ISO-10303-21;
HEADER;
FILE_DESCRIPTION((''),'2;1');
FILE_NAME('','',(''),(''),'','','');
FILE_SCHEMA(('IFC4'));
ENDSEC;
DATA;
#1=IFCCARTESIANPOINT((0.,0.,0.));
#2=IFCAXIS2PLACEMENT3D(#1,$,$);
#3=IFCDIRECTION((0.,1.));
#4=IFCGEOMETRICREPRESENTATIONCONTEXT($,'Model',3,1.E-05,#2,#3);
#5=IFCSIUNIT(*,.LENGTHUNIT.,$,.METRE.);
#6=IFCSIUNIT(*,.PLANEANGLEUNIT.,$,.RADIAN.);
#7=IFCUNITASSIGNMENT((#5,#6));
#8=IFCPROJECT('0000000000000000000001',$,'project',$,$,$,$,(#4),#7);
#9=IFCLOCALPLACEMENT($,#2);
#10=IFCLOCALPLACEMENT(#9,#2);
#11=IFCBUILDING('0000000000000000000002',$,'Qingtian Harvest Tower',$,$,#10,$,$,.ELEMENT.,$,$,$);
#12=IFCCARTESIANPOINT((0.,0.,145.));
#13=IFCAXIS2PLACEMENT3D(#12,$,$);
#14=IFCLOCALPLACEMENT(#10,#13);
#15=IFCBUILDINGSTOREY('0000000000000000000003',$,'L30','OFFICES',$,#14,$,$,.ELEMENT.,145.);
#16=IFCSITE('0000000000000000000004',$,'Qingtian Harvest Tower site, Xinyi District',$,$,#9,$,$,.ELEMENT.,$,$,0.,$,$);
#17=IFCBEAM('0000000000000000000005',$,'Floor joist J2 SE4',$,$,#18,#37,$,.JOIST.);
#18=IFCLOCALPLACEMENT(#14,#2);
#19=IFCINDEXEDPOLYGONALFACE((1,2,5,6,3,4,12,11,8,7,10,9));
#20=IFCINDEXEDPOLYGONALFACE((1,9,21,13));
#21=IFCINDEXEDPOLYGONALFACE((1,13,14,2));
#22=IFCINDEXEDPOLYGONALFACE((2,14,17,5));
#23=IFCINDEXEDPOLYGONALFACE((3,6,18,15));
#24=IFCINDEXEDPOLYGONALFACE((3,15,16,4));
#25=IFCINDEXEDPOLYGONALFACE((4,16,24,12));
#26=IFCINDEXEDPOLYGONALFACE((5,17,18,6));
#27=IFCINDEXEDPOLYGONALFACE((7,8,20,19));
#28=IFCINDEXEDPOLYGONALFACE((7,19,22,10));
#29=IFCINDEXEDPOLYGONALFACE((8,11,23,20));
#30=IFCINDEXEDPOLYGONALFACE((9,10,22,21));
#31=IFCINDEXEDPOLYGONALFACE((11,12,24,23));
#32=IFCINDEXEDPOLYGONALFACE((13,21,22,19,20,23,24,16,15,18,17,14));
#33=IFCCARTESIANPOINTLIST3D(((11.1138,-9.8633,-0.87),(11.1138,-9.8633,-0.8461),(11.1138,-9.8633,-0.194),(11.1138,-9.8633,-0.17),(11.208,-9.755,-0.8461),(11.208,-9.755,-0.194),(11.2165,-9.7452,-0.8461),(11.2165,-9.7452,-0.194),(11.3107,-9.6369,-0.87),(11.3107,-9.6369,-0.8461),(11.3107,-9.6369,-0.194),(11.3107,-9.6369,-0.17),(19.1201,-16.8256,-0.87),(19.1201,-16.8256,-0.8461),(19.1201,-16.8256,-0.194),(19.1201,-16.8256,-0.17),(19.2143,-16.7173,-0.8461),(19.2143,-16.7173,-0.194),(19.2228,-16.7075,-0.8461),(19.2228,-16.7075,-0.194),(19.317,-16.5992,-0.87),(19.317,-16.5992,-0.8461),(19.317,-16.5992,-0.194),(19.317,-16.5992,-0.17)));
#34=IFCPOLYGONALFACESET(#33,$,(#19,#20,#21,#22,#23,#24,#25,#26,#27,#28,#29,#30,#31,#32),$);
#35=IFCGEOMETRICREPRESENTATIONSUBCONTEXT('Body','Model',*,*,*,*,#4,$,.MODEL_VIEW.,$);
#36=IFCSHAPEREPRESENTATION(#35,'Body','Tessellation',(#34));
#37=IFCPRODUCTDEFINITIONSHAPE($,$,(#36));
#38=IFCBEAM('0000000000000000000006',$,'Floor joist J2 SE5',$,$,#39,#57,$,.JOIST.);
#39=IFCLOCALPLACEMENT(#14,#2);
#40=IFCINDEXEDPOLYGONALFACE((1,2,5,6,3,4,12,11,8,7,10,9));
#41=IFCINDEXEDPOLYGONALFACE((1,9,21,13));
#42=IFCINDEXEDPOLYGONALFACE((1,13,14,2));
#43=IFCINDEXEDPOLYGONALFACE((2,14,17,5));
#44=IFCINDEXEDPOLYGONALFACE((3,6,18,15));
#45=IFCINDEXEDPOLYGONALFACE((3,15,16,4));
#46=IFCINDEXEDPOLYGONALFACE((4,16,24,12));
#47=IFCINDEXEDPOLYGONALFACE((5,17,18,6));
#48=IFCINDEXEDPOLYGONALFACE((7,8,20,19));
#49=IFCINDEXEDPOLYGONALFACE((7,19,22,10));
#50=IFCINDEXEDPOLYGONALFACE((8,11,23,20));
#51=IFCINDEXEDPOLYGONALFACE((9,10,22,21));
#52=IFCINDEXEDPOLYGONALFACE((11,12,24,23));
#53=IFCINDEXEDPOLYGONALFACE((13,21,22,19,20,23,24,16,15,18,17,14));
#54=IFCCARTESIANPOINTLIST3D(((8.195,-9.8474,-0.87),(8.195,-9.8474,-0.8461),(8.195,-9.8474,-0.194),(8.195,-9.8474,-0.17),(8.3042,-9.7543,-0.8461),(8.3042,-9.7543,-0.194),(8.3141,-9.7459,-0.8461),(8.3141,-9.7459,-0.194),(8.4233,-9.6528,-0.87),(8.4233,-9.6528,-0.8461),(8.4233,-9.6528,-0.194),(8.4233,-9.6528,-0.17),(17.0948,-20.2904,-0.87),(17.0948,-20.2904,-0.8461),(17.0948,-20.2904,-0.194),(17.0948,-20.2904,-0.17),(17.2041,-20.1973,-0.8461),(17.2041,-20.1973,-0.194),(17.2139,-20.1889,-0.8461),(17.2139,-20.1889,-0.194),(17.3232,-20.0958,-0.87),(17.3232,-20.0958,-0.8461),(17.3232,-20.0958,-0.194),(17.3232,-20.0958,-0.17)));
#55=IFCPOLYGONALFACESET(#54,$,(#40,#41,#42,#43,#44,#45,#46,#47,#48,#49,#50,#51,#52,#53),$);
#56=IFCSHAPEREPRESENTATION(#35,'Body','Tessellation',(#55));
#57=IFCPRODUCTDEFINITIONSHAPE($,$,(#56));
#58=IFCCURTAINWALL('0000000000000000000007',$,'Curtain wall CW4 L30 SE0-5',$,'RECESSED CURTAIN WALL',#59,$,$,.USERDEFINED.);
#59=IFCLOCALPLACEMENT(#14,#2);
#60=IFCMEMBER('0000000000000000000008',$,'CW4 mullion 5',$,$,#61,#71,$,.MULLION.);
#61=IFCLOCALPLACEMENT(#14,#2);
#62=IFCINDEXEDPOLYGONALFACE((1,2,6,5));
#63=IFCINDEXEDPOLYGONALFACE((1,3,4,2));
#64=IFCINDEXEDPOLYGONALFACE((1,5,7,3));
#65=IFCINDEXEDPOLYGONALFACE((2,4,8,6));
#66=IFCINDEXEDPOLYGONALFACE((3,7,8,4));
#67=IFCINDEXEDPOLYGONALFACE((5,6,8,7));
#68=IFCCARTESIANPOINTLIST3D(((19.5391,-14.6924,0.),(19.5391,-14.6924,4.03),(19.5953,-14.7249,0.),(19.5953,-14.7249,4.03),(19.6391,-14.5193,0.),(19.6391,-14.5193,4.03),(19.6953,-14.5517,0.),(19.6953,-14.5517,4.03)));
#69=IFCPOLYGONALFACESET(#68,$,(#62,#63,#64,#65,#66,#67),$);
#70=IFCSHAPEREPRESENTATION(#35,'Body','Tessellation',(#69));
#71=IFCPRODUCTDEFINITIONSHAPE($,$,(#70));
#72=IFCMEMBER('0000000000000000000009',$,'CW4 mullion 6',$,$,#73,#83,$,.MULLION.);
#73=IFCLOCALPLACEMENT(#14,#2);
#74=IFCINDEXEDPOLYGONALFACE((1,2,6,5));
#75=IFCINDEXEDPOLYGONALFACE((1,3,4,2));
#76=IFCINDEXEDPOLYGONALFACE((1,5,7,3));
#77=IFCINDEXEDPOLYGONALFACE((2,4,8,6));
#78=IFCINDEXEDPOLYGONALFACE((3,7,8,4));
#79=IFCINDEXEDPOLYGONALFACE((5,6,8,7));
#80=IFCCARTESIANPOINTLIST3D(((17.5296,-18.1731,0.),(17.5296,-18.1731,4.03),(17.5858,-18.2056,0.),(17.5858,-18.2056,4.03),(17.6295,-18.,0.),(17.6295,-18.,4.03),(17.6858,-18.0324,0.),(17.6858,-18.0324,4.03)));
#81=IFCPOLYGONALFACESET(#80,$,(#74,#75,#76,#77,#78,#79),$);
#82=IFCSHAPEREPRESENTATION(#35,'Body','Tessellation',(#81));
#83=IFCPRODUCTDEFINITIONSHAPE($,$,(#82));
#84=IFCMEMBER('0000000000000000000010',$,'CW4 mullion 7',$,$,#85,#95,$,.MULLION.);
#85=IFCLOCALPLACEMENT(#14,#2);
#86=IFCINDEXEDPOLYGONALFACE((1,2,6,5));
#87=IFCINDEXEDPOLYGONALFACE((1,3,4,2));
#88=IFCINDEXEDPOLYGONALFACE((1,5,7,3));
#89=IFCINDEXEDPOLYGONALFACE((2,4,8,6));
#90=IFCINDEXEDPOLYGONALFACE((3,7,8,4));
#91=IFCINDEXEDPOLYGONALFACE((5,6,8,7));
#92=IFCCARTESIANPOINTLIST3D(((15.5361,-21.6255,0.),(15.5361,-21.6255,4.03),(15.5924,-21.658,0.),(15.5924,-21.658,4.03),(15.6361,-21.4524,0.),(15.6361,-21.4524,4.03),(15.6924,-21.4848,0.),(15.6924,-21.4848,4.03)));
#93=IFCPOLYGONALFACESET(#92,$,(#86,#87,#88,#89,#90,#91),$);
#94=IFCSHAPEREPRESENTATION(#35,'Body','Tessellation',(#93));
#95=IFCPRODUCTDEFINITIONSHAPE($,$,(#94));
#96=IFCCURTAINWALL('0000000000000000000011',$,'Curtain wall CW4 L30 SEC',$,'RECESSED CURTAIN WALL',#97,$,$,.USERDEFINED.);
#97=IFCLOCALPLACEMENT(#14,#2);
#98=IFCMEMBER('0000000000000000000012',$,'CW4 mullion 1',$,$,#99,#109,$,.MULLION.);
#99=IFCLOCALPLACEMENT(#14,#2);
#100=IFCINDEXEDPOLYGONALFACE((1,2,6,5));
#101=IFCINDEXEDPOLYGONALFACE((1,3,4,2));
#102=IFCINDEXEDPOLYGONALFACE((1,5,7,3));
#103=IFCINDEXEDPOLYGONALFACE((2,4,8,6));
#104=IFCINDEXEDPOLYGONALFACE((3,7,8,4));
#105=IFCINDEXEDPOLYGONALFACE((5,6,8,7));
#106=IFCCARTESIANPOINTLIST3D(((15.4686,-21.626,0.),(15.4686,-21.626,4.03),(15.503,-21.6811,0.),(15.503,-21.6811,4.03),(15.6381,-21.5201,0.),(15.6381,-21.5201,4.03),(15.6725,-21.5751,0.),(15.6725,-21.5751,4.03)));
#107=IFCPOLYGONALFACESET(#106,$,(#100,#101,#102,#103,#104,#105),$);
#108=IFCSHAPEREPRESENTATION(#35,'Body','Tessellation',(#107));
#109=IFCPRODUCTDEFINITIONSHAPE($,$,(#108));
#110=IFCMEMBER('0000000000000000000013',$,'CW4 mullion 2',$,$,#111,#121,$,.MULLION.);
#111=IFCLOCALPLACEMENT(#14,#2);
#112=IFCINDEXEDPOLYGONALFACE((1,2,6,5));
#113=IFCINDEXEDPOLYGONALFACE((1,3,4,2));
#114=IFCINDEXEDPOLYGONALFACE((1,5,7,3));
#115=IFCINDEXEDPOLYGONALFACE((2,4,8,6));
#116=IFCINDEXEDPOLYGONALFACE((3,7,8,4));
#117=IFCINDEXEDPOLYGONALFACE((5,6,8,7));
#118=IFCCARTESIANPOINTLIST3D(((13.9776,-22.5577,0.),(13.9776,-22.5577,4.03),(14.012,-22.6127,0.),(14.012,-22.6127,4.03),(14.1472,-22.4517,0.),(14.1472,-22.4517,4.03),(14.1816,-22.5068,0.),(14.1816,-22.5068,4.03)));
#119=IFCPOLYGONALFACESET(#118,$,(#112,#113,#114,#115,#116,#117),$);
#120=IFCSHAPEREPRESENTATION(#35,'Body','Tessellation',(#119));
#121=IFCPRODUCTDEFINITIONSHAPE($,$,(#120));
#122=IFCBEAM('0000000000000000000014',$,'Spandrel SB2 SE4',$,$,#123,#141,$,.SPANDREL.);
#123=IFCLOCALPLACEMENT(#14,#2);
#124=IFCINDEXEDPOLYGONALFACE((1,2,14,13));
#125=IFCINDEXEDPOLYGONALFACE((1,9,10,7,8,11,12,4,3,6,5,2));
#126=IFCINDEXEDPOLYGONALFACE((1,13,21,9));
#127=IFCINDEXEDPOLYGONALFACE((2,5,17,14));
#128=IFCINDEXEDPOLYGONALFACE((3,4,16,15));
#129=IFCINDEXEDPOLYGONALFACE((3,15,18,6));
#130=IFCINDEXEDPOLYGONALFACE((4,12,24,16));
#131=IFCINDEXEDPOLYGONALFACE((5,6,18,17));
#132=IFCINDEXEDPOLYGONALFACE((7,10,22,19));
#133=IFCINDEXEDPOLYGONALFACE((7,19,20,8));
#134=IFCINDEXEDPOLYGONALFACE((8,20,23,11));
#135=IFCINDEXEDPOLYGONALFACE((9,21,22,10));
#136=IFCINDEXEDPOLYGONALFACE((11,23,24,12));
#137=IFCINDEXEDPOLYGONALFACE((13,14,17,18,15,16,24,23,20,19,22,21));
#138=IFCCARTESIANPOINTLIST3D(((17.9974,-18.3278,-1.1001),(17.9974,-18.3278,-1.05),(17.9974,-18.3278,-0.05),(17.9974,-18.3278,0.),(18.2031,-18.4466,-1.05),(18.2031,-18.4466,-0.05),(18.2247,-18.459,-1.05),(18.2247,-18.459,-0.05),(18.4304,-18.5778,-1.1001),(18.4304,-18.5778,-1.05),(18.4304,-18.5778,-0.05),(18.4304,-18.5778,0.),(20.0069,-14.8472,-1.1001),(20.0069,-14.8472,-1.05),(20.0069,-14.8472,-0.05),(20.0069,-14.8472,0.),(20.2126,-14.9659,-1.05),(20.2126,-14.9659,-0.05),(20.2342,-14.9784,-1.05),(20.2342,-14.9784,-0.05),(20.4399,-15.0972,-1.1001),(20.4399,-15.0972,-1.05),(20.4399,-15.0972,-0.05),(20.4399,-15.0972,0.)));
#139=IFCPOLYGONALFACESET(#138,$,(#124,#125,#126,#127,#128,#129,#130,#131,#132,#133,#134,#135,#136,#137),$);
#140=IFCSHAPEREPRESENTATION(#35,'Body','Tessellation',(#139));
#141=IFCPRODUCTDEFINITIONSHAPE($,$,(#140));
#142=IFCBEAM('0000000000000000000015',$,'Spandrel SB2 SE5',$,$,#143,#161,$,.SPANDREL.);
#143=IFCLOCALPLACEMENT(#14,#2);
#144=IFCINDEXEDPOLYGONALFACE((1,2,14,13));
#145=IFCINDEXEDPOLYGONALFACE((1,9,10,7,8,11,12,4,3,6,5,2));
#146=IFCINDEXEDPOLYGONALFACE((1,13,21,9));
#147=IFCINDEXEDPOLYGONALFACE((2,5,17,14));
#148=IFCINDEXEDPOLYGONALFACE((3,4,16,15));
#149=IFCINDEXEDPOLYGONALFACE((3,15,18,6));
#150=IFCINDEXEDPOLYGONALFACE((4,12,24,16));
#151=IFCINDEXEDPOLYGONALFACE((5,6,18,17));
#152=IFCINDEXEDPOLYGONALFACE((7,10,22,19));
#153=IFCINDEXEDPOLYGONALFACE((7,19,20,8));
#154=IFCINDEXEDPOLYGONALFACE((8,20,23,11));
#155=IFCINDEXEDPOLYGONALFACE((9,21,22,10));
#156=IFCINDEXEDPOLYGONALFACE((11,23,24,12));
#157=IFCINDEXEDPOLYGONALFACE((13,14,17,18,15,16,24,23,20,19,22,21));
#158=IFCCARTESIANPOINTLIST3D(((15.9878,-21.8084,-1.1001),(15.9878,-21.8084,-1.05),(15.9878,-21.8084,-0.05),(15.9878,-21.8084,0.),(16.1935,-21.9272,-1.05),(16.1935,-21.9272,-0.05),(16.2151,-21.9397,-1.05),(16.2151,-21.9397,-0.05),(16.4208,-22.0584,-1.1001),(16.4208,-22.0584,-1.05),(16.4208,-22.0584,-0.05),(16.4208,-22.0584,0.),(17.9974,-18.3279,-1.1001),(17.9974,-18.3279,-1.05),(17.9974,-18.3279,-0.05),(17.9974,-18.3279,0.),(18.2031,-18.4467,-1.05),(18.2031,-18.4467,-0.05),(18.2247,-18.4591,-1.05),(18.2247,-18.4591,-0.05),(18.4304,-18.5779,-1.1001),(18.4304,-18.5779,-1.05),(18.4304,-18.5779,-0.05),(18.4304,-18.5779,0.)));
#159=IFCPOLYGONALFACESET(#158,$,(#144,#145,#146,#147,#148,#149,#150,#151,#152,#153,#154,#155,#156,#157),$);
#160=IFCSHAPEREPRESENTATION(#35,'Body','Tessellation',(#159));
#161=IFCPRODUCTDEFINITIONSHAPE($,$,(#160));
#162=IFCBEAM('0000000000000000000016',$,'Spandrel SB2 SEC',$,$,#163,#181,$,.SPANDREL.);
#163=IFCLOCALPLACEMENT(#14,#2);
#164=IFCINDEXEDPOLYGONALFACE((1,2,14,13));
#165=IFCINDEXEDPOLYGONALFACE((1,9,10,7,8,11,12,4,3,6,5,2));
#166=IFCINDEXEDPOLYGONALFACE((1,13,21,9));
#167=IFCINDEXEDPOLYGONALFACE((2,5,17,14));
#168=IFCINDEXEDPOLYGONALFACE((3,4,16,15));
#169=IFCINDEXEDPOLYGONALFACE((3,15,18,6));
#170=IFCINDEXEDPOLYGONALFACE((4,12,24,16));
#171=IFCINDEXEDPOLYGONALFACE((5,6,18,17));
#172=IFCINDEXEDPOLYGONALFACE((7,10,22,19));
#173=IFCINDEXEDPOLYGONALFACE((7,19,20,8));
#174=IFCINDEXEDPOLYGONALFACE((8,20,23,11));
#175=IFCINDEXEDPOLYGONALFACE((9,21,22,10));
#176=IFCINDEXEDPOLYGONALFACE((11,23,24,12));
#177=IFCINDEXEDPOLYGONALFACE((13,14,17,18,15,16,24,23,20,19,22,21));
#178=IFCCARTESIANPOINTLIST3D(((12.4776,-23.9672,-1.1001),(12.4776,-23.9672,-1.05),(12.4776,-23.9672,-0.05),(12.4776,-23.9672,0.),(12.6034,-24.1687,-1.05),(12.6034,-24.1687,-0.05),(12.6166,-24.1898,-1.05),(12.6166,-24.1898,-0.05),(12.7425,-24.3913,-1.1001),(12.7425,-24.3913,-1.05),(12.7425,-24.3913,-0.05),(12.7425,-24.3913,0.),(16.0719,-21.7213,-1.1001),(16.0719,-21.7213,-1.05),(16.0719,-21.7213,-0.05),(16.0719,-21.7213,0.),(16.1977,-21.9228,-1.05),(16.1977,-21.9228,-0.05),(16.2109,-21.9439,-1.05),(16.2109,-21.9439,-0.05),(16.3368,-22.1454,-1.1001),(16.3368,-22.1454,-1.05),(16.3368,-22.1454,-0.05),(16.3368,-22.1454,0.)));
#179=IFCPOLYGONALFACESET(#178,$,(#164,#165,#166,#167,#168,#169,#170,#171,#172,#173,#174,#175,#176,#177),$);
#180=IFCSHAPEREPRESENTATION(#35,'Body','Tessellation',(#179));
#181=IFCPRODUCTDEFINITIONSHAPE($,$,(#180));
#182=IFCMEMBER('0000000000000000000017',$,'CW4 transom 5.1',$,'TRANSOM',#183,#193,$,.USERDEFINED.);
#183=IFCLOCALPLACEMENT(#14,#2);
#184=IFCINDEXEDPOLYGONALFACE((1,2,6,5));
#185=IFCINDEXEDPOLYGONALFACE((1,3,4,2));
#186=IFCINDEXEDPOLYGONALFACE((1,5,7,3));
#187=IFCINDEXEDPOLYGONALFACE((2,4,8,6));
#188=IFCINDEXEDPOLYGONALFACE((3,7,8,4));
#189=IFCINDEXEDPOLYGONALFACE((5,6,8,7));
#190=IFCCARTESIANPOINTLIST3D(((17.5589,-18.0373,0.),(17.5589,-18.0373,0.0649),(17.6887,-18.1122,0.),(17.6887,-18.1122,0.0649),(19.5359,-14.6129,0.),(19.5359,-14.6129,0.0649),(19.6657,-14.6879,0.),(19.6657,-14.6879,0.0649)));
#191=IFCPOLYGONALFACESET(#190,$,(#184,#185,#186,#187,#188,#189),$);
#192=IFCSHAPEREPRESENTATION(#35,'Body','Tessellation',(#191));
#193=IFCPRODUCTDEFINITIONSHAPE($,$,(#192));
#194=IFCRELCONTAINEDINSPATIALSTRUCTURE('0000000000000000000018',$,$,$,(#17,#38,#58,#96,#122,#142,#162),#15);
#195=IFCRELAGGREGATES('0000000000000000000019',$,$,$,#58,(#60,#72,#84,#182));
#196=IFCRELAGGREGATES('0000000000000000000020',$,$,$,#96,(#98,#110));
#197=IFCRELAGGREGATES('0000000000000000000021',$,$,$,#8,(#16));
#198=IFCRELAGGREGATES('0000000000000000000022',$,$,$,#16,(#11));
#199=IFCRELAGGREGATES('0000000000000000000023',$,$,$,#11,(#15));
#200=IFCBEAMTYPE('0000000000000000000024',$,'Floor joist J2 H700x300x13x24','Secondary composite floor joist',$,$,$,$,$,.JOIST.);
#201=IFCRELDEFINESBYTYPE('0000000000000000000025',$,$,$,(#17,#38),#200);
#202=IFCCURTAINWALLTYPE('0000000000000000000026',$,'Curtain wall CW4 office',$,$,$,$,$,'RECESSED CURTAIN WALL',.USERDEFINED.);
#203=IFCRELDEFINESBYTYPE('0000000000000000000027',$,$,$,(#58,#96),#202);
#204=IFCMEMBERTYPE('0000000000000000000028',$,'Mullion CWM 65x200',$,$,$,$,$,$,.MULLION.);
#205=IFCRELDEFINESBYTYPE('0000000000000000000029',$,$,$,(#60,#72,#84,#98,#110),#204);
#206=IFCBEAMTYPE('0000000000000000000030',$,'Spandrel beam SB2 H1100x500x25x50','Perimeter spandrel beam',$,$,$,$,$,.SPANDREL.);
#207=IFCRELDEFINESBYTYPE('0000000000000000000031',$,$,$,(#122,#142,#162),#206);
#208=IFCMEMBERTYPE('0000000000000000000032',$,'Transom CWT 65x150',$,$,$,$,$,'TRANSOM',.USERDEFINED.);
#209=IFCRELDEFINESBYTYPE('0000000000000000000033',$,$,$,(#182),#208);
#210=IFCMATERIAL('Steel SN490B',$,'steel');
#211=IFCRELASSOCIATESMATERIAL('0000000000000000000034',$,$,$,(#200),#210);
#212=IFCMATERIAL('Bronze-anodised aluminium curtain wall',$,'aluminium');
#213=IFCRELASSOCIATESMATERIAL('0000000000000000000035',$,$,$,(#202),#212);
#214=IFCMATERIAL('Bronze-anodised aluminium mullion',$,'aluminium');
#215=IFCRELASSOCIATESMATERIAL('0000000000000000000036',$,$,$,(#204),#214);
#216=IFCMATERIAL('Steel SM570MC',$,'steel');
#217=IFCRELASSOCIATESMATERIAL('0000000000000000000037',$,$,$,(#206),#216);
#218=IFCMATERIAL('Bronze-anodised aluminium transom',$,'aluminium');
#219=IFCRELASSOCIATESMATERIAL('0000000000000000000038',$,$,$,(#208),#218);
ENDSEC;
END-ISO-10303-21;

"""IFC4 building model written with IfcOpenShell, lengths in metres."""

from ifc_helpers import new_model, si_unit, direction, frame, origin, origin_2d, place, context, subcontext, project, spatial, rectangle, i_section, extrude, material, material_profile, profile_set, type_object, element, aggregate, save


model = new_model("IFC4")

# Units and contexts
model_context = context("Model", 3, precision=1e-05, world=origin(), true_north=direction((0.0, 1.0)))
body_context = subcontext(model_context, "Body", "Model", "MODEL_VIEW")
ifc_project = project(units=[si_unit("LENGTHUNIT", "METRE"), si_unit("PLANEANGLEUNIT", "RADIAN")], contexts=[model_context])

# Site, building, storey
site_placement = place(None, origin())
site = spatial("IfcSite", under=ifc_project, at=site_placement, Name="Qingtian Harvest Tower site, Xinyi District", CompositionType="ELEMENT", RefElevation=0.0)
building_placement = place(site_placement, origin())
building = spatial("IfcBuilding", under=site, at=building_placement, Name="Qingtian Harvest Tower", CompositionType="ELEMENT")
storey_placement = place(building_placement, frame((0.0, 0.0, 145.0)))
storey = spatial("IfcBuildingStorey", under=building, at=storey_placement, Name="L30", Description="OFFICES", CompositionType="ELEMENT", Elevation=145.0)

# Beams
ifc_material_1 = material(Name="Steel SN490B", Category="steel")
ifc_material_profile_1 = material_profile(ifc_material_1, i_section(OverallWidth=0.3, OverallDepth=0.7, WebThickness=0.0129, FlangeThickness=0.0239, at=origin_2d()), Name="H700x300x13x24")
ifc_profile_set_1 = profile_set([ifc_material_profile_1], Name="Steel SN490B")
beam_type_1 = type_object("IfcBeamType", Name="Floor joist J2 H700x300x13x24", Description="Secondary composite floor joist", PredefinedType="JOIST", material=ifc_profile_set_1)
beam_1_placement = place(storey_placement, frame((19.2185, -16.7124, -0.52), z_axis=(-0.754589, 0.656198, 0.0), x_axis=(-0.656198, -0.754589, 0.0)))
element("IfcBeam", 1, at=beam_1_placement, inside=storey, type_object=beam_type_1, Name="Floor joist J2 SE4", PredefinedType="JOIST", context=body_context, shape_type="SweptSolid", body=[
    extrude(i_section(OverallWidth=0.3, OverallDepth=0.7, WebThickness=0.0129, FlangeThickness=0.0239, at=origin_2d()), origin(), (0.0, 0.0, 1.0), 10.6101),
])
beam_2_placement = place(storey_placement, frame((17.209, -20.1931, -0.52), z_axis=(-0.648632, 0.761102, 0.0), x_axis=(-0.761102, -0.648632, 0.0)))
element("IfcBeam", 2, at=beam_2_placement, inside=storey, type_object=beam_type_1, Name="Floor joist J2 SE5", PredefinedType="JOIST", context=body_context, shape_type="SweptSolid", body=[
    extrude(i_section(OverallWidth=0.3, OverallDepth=0.7, WebThickness=0.0129, FlangeThickness=0.0239, at=origin_2d()), origin(), (0.0, 0.0, 1.0), 13.7209),
])

# Curtain walls, members
ifc_material_2 = material(Name="Bronze-anodised aluminium curtain wall", Category="aluminium")
curtain_wall_type = type_object("IfcCurtainWallType", Name="Curtain wall CW4 office", ElementType="RECESSED CURTAIN WALL", PredefinedType="USERDEFINED", material=ifc_material_2)
curtain_wall_1_placement = place(storey_placement, origin())
curtain_wall_1 = element("IfcCurtainWall", 3, at=curtain_wall_1_placement, inside=storey, type_object=curtain_wall_type, Name="Curtain wall CW4 L30 SE0-5", ObjectType="RECESSED CURTAIN WALL", PredefinedType="USERDEFINED")
ifc_material_3 = material(Name="Bronze-anodised aluminium mullion", Category="aluminium")
ifc_material_profile_2 = material_profile(ifc_material_3, rectangle(XDim=0.0649, YDim=0.2, at=origin_2d()), Name="AL 65x200")
ifc_profile_set_2 = profile_set([ifc_material_profile_2], Name="Bronze-anodised aluminium mullion")
member_type_1 = type_object("IfcMemberType", Name="Mullion CWM 65x200", PredefinedType="MULLION", material=ifc_profile_set_2)
member_1_placement = place(storey_placement, frame((19.6172, -14.6221, 0.0), z_axis=(0.0, 0.0, 1.0), x_axis=(0.866025, -0.5, 0.0)))
member_1 = element("IfcMember", 4, at=member_1_placement, type_object=member_type_1, Name="CW4 mullion 5", PredefinedType="MULLION", context=body_context, shape_type="SweptSolid", body=[
    extrude(rectangle(XDim=0.0649, YDim=0.2, at=origin_2d()), origin(), (0.0, 0.0, 1.0), 4.03),
])
member_2_placement = place(storey_placement, frame((17.6077, -18.1028, 0.0), z_axis=(0.0, 0.0, 1.0), x_axis=(0.866025, -0.5, 0.0)))
member_2 = element("IfcMember", 5, at=member_2_placement, type_object=member_type_1, Name="CW4 mullion 6", PredefinedType="MULLION", context=body_context, shape_type="SweptSolid", body=[
    extrude(rectangle(XDim=0.0649, YDim=0.2, at=origin_2d()), origin(), (0.0, 0.0, 1.0), 4.03),
])
member_3_placement = place(storey_placement, frame((15.6143, -21.5552, 0.0), z_axis=(0.0, 0.0, 1.0), x_axis=(0.866025, -0.5, 0.0)))
member_3 = element("IfcMember", 6, at=member_3_placement, type_object=member_type_1, Name="CW4 mullion 7", PredefinedType="MULLION", context=body_context, shape_type="SweptSolid", body=[
    extrude(rectangle(XDim=0.0649, YDim=0.2, at=origin_2d()), origin(), (0.0, 0.0, 1.0), 4.03),
])
curtain_wall_2_placement = place(storey_placement, origin())
curtain_wall_2 = element("IfcCurtainWall", 7, at=curtain_wall_2_placement, inside=storey, type_object=curtain_wall_type, Name="Curtain wall CW4 L30 SEC", ObjectType="RECESSED CURTAIN WALL", PredefinedType="USERDEFINED")
member_4_placement = place(storey_placement, frame((15.5706, -21.6006, 0.0), z_axis=(0.0, 0.0, 1.0), x_axis=(0.529919, -0.848048, 0.0)))
member_4 = element("IfcMember", 8, at=member_4_placement, type_object=member_type_1, Name="CW4 mullion 1", PredefinedType="MULLION", context=body_context, shape_type="SweptSolid", body=[
    extrude(rectangle(XDim=0.0649, YDim=0.2, at=origin_2d()), origin(), (0.0, 0.0, 1.0), 4.03),
])
member_5_placement = place(storey_placement, frame((14.0796, -22.5322, 0.0), z_axis=(0.0, 0.0, 1.0), x_axis=(0.529919, -0.848048, 0.0)))
member_5 = element("IfcMember", 9, at=member_5_placement, type_object=member_type_1, Name="CW4 mullion 2", PredefinedType="MULLION", context=body_context, shape_type="SweptSolid", body=[
    extrude(rectangle(XDim=0.0649, YDim=0.2, at=origin_2d()), origin(), (0.0, 0.0, 1.0), 4.03),
])

# Beams
ifc_material_4 = material(Name="Steel SM570MC", Category="steel")
ifc_material_profile_3 = material_profile(ifc_material_4, i_section(OverallWidth=0.5, OverallDepth=1.1001, WebThickness=0.0249, FlangeThickness=0.05, at=origin_2d()), Name="H1100x500x25x50")
ifc_profile_set_3 = profile_set([ifc_material_profile_3], Name="Steel SM570MC")
beam_type_2 = type_object("IfcBeamType", Name="Spandrel beam SB2 H1100x500x25x50", Description="Perimeter spandrel beam", PredefinedType="SPANDREL", material=ifc_profile_set_3)
for number, where, z_axis, x_axis, name in (
    (10, (20.2234, -14.9722, -0.55), (-0.499987, -0.866033, 0.0), (0.866033, -0.499987, 0.0), "Spandrel SB2 SE4"),
    (11, (18.2139, -18.4529, -0.55), (-0.500013, -0.866018, 0.0), (0.866018, -0.500013, 0.0), "Spandrel SB2 SE5"),
):
    element("IfcBeam", number, at=place(storey_placement, frame(where, z_axis=z_axis, x_axis=x_axis)), inside=storey, type_object=beam_type_2, Name=name, PredefinedType="SPANDREL", context=body_context, shape_type="SweptSolid", body=[
        extrude(i_section(OverallWidth=0.5, OverallDepth=1.1001, WebThickness=0.0249, FlangeThickness=0.05, at=origin_2d()), origin(), (0.0, 0.0, 1.0), 4.019),
    ])
beam_3_placement = place(storey_placement, frame((16.2043, -21.9333, -0.55), z_axis=(-0.848057, -0.529906, 0.0), x_axis=(0.529906, -0.848057, 0.0)))
element("IfcBeam", 12, at=beam_3_placement, inside=storey, type_object=beam_type_2, Name="Spandrel SB2 SEC", PredefinedType="SPANDREL", context=body_context, shape_type="SweptSolid", body=[
    extrude(i_section(OverallWidth=0.5, OverallDepth=1.1001, WebThickness=0.0249, FlangeThickness=0.05, at=origin_2d()), origin(), (0.0, 0.0, 1.0), 4.2383),
])

# Member
ifc_material_5 = material(Name="Bronze-anodised aluminium transom", Category="aluminium")
ifc_material_profile_4 = material_profile(ifc_material_5, rectangle(XDim=0.1499, YDim=0.0649, at=origin_2d()), Name="AL 65x150")
ifc_profile_set_4 = profile_set([ifc_material_profile_4], Name="Bronze-anodised aluminium transom")
member_type_2 = type_object("IfcMemberType", Name="Transom CWT 65x150", ElementType="TRANSOM", PredefinedType="USERDEFINED", material=ifc_profile_set_4)
member_6_placement = place(storey_placement, frame((19.6008, -14.6504, 0.0325), z_axis=(-0.500004, -0.866023, 0.0), x_axis=(0.866023, -0.500004, 0.0)))
member_6 = element("IfcMember", 13, at=member_6_placement, type_object=member_type_2, Name="CW4 transom 5.1", ObjectType="TRANSOM", PredefinedType="USERDEFINED", context=body_context, shape_type="SweptSolid", body=[
    extrude(rectangle(XDim=0.1499, YDim=0.0649, at=origin_2d()), origin(), (0.0, 0.0, 1.0), 3.9541),
])

aggregate(curtain_wall_1, [member_1, member_2, member_3, member_6])
aggregate(curtain_wall_2, [member_4, member_5])

save(model, "model.ifc")
